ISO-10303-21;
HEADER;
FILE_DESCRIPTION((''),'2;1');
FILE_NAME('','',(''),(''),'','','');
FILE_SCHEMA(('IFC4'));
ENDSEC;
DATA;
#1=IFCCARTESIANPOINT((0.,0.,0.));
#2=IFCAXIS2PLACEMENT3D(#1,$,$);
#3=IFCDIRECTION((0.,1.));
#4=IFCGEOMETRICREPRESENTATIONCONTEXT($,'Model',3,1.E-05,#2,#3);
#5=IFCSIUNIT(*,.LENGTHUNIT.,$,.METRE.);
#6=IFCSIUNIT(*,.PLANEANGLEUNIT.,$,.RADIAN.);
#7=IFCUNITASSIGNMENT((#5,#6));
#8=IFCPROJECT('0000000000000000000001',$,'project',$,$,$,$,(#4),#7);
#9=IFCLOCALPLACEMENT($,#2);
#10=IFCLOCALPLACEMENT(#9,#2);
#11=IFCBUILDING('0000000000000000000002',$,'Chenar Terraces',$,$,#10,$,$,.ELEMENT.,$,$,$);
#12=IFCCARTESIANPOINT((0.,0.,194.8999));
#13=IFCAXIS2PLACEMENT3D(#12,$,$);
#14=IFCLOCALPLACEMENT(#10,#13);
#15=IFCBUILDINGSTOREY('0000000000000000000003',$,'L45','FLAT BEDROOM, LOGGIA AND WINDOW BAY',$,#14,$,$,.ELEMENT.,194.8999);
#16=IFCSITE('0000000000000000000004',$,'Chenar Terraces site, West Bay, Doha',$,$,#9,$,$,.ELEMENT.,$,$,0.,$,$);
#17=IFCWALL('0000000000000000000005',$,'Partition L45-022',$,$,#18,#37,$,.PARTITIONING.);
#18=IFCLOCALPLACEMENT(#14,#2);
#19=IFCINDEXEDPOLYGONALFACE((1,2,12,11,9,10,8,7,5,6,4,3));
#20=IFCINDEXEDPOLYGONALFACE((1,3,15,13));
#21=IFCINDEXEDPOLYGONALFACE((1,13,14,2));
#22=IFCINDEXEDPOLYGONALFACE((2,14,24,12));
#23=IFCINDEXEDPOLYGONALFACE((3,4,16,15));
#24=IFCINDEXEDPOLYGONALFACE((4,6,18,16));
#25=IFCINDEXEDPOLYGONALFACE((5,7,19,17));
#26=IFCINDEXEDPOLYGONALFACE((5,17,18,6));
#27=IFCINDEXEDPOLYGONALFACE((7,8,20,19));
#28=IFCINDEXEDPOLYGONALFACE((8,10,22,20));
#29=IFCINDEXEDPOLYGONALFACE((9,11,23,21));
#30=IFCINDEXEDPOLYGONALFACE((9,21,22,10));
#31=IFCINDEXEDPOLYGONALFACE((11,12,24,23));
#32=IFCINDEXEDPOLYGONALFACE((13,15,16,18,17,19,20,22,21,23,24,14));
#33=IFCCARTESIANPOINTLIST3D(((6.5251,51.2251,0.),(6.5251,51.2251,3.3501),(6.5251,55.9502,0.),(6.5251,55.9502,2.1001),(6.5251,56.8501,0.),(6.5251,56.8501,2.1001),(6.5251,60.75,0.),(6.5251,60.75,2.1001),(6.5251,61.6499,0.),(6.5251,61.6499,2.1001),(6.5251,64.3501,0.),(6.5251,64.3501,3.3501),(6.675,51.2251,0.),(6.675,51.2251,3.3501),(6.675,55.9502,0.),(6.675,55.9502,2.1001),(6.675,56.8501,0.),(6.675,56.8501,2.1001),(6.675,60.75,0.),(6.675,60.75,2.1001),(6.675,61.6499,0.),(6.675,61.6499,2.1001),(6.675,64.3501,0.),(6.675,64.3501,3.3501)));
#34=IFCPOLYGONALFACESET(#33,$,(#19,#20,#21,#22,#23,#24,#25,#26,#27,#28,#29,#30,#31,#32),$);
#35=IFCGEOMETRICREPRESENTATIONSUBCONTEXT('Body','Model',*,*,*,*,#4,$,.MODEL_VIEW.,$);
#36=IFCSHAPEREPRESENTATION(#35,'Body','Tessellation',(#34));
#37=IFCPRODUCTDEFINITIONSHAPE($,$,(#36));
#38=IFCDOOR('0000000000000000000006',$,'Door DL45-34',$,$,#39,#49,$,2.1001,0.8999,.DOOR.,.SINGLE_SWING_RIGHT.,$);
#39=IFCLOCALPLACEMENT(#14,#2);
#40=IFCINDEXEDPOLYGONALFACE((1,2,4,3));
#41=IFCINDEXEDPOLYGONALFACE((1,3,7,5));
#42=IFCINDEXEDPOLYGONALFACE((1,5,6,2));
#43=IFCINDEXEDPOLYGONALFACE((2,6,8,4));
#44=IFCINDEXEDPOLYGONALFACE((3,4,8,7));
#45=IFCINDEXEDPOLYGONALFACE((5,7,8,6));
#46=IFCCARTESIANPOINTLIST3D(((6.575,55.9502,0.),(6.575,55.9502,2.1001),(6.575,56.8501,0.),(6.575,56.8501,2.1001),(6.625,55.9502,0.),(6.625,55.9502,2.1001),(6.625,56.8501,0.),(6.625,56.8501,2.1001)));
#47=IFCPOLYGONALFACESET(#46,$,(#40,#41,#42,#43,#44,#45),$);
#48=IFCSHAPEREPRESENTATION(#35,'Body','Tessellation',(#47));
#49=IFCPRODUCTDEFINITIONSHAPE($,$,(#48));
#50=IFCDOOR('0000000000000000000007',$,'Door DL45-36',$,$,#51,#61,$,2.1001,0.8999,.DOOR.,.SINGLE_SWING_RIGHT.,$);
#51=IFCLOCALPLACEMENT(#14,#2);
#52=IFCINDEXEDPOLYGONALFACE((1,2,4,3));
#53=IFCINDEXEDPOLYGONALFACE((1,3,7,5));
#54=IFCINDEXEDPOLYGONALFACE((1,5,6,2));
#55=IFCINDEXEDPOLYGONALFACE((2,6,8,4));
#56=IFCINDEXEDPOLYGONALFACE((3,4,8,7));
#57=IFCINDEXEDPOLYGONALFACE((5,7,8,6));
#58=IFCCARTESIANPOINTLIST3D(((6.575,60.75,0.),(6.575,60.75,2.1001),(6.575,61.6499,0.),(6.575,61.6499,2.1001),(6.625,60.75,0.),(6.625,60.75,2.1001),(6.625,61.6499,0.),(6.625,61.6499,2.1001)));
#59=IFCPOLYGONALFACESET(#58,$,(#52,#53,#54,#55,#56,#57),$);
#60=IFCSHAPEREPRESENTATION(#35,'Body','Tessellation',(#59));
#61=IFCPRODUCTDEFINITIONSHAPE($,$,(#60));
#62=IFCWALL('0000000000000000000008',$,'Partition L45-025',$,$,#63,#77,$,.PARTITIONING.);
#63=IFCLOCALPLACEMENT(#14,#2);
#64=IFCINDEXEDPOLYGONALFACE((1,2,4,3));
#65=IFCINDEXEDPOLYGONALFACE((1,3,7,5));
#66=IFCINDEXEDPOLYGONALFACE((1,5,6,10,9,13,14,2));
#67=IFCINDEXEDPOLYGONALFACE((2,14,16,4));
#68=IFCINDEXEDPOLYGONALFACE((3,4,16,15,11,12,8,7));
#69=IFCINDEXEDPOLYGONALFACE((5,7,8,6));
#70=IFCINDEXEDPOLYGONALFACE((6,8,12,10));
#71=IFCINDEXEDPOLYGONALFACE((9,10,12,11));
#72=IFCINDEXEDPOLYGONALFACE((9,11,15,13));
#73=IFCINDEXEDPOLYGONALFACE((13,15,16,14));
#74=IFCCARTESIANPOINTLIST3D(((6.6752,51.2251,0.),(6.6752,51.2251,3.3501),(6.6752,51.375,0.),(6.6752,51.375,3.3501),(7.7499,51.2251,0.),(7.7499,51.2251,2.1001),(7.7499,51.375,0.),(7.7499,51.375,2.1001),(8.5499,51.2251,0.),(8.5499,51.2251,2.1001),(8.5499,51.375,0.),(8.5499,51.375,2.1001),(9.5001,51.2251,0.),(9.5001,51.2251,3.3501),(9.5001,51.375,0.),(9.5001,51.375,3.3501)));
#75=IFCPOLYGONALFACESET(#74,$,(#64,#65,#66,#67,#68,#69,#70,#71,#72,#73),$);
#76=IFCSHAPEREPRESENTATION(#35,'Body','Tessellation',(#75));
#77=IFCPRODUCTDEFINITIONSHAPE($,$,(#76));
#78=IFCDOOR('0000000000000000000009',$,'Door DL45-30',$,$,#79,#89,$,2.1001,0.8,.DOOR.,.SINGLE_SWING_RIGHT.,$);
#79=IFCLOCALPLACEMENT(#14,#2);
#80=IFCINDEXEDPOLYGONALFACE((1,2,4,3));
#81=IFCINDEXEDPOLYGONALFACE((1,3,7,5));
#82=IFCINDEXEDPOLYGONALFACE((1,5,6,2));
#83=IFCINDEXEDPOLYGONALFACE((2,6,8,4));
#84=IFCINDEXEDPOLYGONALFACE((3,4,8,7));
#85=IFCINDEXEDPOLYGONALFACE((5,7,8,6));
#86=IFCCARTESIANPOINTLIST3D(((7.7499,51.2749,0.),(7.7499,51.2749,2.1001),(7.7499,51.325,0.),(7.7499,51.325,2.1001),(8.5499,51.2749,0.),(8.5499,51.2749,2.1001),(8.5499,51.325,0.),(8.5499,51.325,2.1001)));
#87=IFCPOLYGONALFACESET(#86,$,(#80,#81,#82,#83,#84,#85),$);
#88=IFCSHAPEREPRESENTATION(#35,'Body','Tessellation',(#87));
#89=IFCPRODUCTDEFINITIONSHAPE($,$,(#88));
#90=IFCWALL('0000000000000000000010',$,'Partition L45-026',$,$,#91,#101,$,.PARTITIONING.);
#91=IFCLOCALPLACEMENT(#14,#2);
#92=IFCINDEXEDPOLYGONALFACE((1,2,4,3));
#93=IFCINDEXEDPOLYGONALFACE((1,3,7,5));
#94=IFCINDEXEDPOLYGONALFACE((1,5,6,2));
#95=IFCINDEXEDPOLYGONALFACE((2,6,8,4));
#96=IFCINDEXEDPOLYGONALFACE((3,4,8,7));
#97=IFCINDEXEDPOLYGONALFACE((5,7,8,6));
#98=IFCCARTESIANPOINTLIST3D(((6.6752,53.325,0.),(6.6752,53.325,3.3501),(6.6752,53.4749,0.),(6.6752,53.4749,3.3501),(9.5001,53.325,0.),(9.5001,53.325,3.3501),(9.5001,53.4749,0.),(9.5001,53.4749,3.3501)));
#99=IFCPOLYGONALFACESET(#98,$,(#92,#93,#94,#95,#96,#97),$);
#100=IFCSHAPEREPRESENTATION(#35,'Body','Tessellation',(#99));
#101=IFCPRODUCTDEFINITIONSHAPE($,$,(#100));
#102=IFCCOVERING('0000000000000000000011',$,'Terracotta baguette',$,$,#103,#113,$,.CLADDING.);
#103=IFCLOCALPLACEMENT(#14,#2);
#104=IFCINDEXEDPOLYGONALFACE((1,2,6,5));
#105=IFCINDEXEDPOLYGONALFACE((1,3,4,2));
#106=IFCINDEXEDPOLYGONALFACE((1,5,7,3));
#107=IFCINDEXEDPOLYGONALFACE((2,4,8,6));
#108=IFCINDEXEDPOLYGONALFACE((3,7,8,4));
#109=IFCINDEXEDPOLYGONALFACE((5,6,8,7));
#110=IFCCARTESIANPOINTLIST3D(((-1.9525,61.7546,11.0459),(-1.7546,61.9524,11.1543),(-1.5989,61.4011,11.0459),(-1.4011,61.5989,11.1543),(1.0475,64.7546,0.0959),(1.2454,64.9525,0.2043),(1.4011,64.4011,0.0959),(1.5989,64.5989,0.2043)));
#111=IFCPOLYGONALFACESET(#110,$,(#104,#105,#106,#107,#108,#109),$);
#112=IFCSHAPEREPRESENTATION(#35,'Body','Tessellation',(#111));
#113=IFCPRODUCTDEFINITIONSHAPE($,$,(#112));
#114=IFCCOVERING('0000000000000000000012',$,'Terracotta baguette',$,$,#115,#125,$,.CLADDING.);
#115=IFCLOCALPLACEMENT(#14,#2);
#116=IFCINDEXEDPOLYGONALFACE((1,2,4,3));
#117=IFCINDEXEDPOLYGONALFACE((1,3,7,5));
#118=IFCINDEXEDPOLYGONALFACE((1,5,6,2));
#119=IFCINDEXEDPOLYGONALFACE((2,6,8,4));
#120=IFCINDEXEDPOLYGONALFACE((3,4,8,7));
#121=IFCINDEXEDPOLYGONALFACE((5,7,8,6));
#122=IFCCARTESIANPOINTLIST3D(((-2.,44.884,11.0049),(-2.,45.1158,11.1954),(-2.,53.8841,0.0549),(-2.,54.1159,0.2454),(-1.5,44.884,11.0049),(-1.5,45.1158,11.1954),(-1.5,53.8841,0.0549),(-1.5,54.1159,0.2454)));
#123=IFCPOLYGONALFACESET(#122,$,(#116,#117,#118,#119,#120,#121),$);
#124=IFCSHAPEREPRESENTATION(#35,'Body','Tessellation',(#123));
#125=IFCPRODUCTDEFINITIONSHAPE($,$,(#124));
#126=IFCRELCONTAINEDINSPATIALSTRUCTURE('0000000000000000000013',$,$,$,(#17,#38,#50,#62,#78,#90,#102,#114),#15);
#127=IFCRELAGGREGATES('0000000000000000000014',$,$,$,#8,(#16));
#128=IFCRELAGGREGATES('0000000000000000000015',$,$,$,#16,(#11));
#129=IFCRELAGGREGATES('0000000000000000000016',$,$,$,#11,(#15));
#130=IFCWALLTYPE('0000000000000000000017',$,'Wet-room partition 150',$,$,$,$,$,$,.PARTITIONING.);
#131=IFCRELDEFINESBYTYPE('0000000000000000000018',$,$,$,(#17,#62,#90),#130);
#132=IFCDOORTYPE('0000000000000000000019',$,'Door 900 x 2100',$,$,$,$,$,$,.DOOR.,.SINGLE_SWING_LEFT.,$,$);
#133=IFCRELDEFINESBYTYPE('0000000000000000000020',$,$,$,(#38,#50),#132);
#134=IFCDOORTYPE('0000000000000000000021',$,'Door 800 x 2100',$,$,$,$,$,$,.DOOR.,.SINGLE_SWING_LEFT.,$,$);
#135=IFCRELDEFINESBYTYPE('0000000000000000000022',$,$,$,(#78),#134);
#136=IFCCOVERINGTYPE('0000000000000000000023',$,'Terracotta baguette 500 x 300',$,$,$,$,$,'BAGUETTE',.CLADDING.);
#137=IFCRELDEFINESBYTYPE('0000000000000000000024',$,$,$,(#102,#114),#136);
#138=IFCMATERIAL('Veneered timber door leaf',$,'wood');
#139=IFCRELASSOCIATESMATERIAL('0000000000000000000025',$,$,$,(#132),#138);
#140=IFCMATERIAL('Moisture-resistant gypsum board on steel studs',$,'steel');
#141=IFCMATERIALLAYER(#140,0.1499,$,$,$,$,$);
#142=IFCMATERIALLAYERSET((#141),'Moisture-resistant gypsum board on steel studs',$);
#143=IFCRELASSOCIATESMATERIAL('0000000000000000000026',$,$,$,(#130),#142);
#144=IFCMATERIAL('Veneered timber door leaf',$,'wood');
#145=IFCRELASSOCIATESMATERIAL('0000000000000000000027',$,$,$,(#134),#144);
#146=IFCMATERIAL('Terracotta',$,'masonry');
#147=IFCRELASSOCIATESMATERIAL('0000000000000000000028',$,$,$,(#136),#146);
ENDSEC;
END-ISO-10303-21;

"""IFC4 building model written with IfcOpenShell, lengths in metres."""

from ifc_helpers import new_model, si_unit, direction, frame, frame_2d, origin, origin_2d, place, context, subcontext, project, spatial, rectangle, extrude, material, layer, layer_set, material_profile, profile_set, type_object, element, fill, save


model = new_model("IFC4")

# Units and contexts
model_context = context("Model", 3, precision=1e-05, world=origin(), true_north=direction((0.0, 1.0)))
body_context = subcontext(model_context, "Body", "Model", "MODEL_VIEW")
ifc_project = project(units=[si_unit("LENGTHUNIT", "METRE"), si_unit("PLANEANGLEUNIT", "RADIAN")], contexts=[model_context])

# Site, building, storey
site_placement = place(None, origin())
site = spatial("IfcSite", under=ifc_project, at=site_placement, Name="Chenar Terraces site, West Bay, Doha", CompositionType="ELEMENT", RefElevation=0.0)
building_placement = place(site_placement, origin())
building = spatial("IfcBuilding", under=site, at=building_placement, Name="Chenar Terraces", CompositionType="ELEMENT")
storey_placement = place(building_placement, frame((0.0, 0.0, 194.8999)))
storey = spatial("IfcBuildingStorey", under=building, at=storey_placement, Name="L45", Description="FLAT BEDROOM, LOGGIA AND WINDOW BAY", CompositionType="ELEMENT", Elevation=194.8999)

# Shared definitions
ifc_material_1 = material(Name="Veneered timber door leaf", Category="wood")
door_type_1 = type_object("IfcDoorType", Name="Door 900 x 2100", OperationType="SINGLE_SWING_LEFT", PredefinedType="DOOR", material=ifc_material_1)

# Wall, openings, doors
ifc_material_2 = material(Name="Moisture-resistant gypsum board on steel studs", Category="steel")
ifc_layer_1 = layer(ifc_material_2, 0.1499)
ifc_layer_set_1 = layer_set([ifc_layer_1], Name="Moisture-resistant gypsum board on steel studs")
wall_type_1 = type_object("IfcWallType", Name="Wet-room partition 150", PredefinedType="PARTITIONING", material=ifc_layer_set_1)
wall_1_placement = place(storey_placement, frame((6.6001, 51.2251, 0.0), z_axis=(0.0, 0.0, 1.0), x_axis=(0.0, 1.0, 0.0)))
wall_1 = element("IfcWall", 1, at=wall_1_placement, inside=storey, type_object=wall_type_1, Name="Partition L45-022", PredefinedType="PARTITIONING", context=body_context, shape_type="SweptSolid", body=[
    extrude(rectangle(XDim=13.125, YDim=0.1499, at=frame_2d((6.5625, 0.0))), origin(), (0.0, 0.0, 1.0), 3.3501),
])
opening_1_placement = place(wall_1_placement, frame((4.7251, 0.0, 0.0)))
opening_1 = element("IfcOpeningElement", 2, at=opening_1_placement, cuts=wall_1, PredefinedType="OPENING", context=body_context, shape_type="SweptSolid", body=[
    extrude(rectangle(XDim=0.8999, YDim=2.1001, at=frame_2d((0.45, 1.05))), frame((0.0, 0.085, 0.0), z_axis=(0.0, -1.0, 0.0), x_axis=(1.0, 0.0, 0.0)), (0.0, 0.0, 1.0), 0.1699),
])
opening_2_placement = place(wall_1_placement, frame((9.5249, 0.0, 0.0)))
opening_2 = element("IfcOpeningElement", 3, at=opening_2_placement, cuts=wall_1, PredefinedType="OPENING", context=body_context, shape_type="SweptSolid", body=[
    extrude(rectangle(XDim=0.8999, YDim=2.1001, at=frame_2d((0.45, 1.05))), frame((0.0, 0.085, 0.0), z_axis=(0.0, -1.0, 0.0), x_axis=(1.0, 0.0, 0.0)), (0.0, 0.0, 1.0), 0.1699),
])
door_1_placement = place(opening_1_placement, frame((0.8999, 0.0, 0.0), z_axis=(0.0, 0.0, 1.0), x_axis=(-1.0, 0.0, 0.0)))
door_1 = element("IfcDoor", 4, at=door_1_placement, inside=storey, type_object=door_type_1, Name="Door DL45-34", OperationType="SINGLE_SWING_RIGHT", OverallHeight=2.1001, OverallWidth=0.8999, PredefinedType="DOOR", context=body_context, shape_type="SweptSolid", body=[
    extrude(rectangle(XDim=0.8999, YDim=2.1001, at=frame_2d((0.45, 1.05))), frame((0.0, 0.0249, 0.0), z_axis=(0.0, -1.0, 0.0), x_axis=(1.0, 0.0, 0.0)), (0.0, 0.0, 1.0), 0.05),
])
fill(opening_1, door_1)
door_2_placement = place(opening_2_placement, frame((0.8999, 0.0, 0.0), z_axis=(0.0, 0.0, 1.0), x_axis=(-1.0, 0.0, 0.0)))
door_2 = element("IfcDoor", 5, at=door_2_placement, inside=storey, type_object=door_type_1, Name="Door DL45-36", OperationType="SINGLE_SWING_RIGHT", OverallHeight=2.1001, OverallWidth=0.8999, PredefinedType="DOOR", context=body_context, shape_type="SweptSolid", body=[
    extrude(rectangle(XDim=0.8999, YDim=2.1001, at=frame_2d((0.45, 1.05))), frame((0.0, 0.0249, 0.0), z_axis=(0.0, -1.0, 0.0), x_axis=(1.0, 0.0, 0.0)), (0.0, 0.0, 1.0), 0.05),
])
fill(opening_2, door_2)

# Wall, opening, door
wall_2_placement = place(storey_placement, frame((6.675, 51.3, 0.0), z_axis=(0.0, 0.0, 1.0), x_axis=(1.0, 0.0, 0.0)))
wall_2 = element("IfcWall", 6, at=wall_2_placement, inside=storey, type_object=wall_type_1, Name="Partition L45-025", PredefinedType="PARTITIONING", context=body_context, shape_type="SweptSolid", body=[
    extrude(rectangle(XDim=2.825, YDim=0.1499, at=frame_2d((1.4126, 0.0))), origin(), (0.0, 0.0, 1.0), 3.3501),
])
opening_3_placement = place(wall_2_placement, frame((1.075, 0.0, 0.0)))
opening_3 = element("IfcOpeningElement", 7, at=opening_3_placement, cuts=wall_2, PredefinedType="OPENING", context=body_context, shape_type="SweptSolid", body=[
    extrude(rectangle(XDim=0.8, YDim=2.1001, at=frame_2d((0.3999, 1.05))), frame((0.0, 0.085, 0.0), z_axis=(0.0, -1.0, 0.0), x_axis=(1.0, 0.0, 0.0)), (0.0, 0.0, 1.0), 0.1699),
])
ifc_material_3 = material(Name="Veneered timber door leaf", Category="wood")
door_type_2 = type_object("IfcDoorType", Name="Door 800 x 2100", OperationType="SINGLE_SWING_LEFT", PredefinedType="DOOR", material=ifc_material_3)
door_3_placement = place(opening_3_placement, origin())
door_3 = element("IfcDoor", 8, at=door_3_placement, inside=storey, type_object=door_type_2, Name="Door DL45-30", OperationType="SINGLE_SWING_RIGHT", OverallHeight=2.1001, OverallWidth=0.8, PredefinedType="DOOR", context=body_context, shape_type="SweptSolid", body=[
    extrude(rectangle(XDim=0.8, YDim=2.1001, at=frame_2d((0.3999, 1.05))), frame((0.0, 0.0249, 0.0), z_axis=(0.0, -1.0, 0.0), x_axis=(1.0, 0.0, 0.0)), (0.0, 0.0, 1.0), 0.05),
])
fill(opening_3, door_3)

# Wall
wall_3_placement = place(storey_placement, frame((6.675, 53.3999, 0.0), z_axis=(0.0, 0.0, 1.0), x_axis=(1.0, 0.0, 0.0)))
element("IfcWall", 9, at=wall_3_placement, inside=storey, type_object=wall_type_1, Name="Partition L45-026", PredefinedType="PARTITIONING", context=body_context, shape_type="SweptSolid", body=[
    extrude(rectangle(XDim=2.825, YDim=0.1499, at=frame_2d((1.4126, 0.0))), origin(), (0.0, 0.0, 1.0), 3.3501),
])

# Coverings
ifc_material_4 = material(Name="Terracotta", Category="masonry")
ifc_material_profile_1 = material_profile(ifc_material_4, rectangle(XDim=0.5, YDim=0.3, at=origin_2d()), Name="Terracotta baguette 500 x 300")
ifc_profile_set_1 = profile_set([ifc_material_profile_1], Name="Terracotta")
covering_type = type_object("IfcCoveringType", Name="Terracotta baguette 500 x 300", ElementType="BAGUETTE", PredefinedType="CLADDING", material=ifc_profile_set_1)
covering_1_placement = place(storey_placement, frame((1.3232, 64.6768, 0.1501), z_axis=(-0.255468, -0.255468, 0.932455), x_axis=(0.707107, -0.707107, 0.0)))
element("IfcCovering", 10, at=covering_1_placement, inside=storey, type_object=covering_type, Name="Terracotta baguette", PredefinedType="CLADDING", context=body_context, shape_type="SweptSolid", body=[
    extrude(rectangle(XDim=0.5, YDim=0.3, at=origin_2d()), origin(), (0.0, 0.0, 1.0), 11.7432),
])
covering_2_placement = place(storey_placement, frame((-1.75, 54.0, 0.1501), z_axis=(0.0, -0.634967, 0.772539), x_axis=(1.0, 0.0, 0.0)))
element("IfcCovering", 11, at=covering_2_placement, inside=storey, type_object=covering_type, Name="Terracotta baguette", PredefinedType="CLADDING", context=body_context, shape_type="SweptSolid", body=[
    extrude(rectangle(XDim=0.5, YDim=0.3, at=origin_2d()), origin(), (0.0, 0.0, 1.0), 14.1741),
])

save(model, "model.ifc")
